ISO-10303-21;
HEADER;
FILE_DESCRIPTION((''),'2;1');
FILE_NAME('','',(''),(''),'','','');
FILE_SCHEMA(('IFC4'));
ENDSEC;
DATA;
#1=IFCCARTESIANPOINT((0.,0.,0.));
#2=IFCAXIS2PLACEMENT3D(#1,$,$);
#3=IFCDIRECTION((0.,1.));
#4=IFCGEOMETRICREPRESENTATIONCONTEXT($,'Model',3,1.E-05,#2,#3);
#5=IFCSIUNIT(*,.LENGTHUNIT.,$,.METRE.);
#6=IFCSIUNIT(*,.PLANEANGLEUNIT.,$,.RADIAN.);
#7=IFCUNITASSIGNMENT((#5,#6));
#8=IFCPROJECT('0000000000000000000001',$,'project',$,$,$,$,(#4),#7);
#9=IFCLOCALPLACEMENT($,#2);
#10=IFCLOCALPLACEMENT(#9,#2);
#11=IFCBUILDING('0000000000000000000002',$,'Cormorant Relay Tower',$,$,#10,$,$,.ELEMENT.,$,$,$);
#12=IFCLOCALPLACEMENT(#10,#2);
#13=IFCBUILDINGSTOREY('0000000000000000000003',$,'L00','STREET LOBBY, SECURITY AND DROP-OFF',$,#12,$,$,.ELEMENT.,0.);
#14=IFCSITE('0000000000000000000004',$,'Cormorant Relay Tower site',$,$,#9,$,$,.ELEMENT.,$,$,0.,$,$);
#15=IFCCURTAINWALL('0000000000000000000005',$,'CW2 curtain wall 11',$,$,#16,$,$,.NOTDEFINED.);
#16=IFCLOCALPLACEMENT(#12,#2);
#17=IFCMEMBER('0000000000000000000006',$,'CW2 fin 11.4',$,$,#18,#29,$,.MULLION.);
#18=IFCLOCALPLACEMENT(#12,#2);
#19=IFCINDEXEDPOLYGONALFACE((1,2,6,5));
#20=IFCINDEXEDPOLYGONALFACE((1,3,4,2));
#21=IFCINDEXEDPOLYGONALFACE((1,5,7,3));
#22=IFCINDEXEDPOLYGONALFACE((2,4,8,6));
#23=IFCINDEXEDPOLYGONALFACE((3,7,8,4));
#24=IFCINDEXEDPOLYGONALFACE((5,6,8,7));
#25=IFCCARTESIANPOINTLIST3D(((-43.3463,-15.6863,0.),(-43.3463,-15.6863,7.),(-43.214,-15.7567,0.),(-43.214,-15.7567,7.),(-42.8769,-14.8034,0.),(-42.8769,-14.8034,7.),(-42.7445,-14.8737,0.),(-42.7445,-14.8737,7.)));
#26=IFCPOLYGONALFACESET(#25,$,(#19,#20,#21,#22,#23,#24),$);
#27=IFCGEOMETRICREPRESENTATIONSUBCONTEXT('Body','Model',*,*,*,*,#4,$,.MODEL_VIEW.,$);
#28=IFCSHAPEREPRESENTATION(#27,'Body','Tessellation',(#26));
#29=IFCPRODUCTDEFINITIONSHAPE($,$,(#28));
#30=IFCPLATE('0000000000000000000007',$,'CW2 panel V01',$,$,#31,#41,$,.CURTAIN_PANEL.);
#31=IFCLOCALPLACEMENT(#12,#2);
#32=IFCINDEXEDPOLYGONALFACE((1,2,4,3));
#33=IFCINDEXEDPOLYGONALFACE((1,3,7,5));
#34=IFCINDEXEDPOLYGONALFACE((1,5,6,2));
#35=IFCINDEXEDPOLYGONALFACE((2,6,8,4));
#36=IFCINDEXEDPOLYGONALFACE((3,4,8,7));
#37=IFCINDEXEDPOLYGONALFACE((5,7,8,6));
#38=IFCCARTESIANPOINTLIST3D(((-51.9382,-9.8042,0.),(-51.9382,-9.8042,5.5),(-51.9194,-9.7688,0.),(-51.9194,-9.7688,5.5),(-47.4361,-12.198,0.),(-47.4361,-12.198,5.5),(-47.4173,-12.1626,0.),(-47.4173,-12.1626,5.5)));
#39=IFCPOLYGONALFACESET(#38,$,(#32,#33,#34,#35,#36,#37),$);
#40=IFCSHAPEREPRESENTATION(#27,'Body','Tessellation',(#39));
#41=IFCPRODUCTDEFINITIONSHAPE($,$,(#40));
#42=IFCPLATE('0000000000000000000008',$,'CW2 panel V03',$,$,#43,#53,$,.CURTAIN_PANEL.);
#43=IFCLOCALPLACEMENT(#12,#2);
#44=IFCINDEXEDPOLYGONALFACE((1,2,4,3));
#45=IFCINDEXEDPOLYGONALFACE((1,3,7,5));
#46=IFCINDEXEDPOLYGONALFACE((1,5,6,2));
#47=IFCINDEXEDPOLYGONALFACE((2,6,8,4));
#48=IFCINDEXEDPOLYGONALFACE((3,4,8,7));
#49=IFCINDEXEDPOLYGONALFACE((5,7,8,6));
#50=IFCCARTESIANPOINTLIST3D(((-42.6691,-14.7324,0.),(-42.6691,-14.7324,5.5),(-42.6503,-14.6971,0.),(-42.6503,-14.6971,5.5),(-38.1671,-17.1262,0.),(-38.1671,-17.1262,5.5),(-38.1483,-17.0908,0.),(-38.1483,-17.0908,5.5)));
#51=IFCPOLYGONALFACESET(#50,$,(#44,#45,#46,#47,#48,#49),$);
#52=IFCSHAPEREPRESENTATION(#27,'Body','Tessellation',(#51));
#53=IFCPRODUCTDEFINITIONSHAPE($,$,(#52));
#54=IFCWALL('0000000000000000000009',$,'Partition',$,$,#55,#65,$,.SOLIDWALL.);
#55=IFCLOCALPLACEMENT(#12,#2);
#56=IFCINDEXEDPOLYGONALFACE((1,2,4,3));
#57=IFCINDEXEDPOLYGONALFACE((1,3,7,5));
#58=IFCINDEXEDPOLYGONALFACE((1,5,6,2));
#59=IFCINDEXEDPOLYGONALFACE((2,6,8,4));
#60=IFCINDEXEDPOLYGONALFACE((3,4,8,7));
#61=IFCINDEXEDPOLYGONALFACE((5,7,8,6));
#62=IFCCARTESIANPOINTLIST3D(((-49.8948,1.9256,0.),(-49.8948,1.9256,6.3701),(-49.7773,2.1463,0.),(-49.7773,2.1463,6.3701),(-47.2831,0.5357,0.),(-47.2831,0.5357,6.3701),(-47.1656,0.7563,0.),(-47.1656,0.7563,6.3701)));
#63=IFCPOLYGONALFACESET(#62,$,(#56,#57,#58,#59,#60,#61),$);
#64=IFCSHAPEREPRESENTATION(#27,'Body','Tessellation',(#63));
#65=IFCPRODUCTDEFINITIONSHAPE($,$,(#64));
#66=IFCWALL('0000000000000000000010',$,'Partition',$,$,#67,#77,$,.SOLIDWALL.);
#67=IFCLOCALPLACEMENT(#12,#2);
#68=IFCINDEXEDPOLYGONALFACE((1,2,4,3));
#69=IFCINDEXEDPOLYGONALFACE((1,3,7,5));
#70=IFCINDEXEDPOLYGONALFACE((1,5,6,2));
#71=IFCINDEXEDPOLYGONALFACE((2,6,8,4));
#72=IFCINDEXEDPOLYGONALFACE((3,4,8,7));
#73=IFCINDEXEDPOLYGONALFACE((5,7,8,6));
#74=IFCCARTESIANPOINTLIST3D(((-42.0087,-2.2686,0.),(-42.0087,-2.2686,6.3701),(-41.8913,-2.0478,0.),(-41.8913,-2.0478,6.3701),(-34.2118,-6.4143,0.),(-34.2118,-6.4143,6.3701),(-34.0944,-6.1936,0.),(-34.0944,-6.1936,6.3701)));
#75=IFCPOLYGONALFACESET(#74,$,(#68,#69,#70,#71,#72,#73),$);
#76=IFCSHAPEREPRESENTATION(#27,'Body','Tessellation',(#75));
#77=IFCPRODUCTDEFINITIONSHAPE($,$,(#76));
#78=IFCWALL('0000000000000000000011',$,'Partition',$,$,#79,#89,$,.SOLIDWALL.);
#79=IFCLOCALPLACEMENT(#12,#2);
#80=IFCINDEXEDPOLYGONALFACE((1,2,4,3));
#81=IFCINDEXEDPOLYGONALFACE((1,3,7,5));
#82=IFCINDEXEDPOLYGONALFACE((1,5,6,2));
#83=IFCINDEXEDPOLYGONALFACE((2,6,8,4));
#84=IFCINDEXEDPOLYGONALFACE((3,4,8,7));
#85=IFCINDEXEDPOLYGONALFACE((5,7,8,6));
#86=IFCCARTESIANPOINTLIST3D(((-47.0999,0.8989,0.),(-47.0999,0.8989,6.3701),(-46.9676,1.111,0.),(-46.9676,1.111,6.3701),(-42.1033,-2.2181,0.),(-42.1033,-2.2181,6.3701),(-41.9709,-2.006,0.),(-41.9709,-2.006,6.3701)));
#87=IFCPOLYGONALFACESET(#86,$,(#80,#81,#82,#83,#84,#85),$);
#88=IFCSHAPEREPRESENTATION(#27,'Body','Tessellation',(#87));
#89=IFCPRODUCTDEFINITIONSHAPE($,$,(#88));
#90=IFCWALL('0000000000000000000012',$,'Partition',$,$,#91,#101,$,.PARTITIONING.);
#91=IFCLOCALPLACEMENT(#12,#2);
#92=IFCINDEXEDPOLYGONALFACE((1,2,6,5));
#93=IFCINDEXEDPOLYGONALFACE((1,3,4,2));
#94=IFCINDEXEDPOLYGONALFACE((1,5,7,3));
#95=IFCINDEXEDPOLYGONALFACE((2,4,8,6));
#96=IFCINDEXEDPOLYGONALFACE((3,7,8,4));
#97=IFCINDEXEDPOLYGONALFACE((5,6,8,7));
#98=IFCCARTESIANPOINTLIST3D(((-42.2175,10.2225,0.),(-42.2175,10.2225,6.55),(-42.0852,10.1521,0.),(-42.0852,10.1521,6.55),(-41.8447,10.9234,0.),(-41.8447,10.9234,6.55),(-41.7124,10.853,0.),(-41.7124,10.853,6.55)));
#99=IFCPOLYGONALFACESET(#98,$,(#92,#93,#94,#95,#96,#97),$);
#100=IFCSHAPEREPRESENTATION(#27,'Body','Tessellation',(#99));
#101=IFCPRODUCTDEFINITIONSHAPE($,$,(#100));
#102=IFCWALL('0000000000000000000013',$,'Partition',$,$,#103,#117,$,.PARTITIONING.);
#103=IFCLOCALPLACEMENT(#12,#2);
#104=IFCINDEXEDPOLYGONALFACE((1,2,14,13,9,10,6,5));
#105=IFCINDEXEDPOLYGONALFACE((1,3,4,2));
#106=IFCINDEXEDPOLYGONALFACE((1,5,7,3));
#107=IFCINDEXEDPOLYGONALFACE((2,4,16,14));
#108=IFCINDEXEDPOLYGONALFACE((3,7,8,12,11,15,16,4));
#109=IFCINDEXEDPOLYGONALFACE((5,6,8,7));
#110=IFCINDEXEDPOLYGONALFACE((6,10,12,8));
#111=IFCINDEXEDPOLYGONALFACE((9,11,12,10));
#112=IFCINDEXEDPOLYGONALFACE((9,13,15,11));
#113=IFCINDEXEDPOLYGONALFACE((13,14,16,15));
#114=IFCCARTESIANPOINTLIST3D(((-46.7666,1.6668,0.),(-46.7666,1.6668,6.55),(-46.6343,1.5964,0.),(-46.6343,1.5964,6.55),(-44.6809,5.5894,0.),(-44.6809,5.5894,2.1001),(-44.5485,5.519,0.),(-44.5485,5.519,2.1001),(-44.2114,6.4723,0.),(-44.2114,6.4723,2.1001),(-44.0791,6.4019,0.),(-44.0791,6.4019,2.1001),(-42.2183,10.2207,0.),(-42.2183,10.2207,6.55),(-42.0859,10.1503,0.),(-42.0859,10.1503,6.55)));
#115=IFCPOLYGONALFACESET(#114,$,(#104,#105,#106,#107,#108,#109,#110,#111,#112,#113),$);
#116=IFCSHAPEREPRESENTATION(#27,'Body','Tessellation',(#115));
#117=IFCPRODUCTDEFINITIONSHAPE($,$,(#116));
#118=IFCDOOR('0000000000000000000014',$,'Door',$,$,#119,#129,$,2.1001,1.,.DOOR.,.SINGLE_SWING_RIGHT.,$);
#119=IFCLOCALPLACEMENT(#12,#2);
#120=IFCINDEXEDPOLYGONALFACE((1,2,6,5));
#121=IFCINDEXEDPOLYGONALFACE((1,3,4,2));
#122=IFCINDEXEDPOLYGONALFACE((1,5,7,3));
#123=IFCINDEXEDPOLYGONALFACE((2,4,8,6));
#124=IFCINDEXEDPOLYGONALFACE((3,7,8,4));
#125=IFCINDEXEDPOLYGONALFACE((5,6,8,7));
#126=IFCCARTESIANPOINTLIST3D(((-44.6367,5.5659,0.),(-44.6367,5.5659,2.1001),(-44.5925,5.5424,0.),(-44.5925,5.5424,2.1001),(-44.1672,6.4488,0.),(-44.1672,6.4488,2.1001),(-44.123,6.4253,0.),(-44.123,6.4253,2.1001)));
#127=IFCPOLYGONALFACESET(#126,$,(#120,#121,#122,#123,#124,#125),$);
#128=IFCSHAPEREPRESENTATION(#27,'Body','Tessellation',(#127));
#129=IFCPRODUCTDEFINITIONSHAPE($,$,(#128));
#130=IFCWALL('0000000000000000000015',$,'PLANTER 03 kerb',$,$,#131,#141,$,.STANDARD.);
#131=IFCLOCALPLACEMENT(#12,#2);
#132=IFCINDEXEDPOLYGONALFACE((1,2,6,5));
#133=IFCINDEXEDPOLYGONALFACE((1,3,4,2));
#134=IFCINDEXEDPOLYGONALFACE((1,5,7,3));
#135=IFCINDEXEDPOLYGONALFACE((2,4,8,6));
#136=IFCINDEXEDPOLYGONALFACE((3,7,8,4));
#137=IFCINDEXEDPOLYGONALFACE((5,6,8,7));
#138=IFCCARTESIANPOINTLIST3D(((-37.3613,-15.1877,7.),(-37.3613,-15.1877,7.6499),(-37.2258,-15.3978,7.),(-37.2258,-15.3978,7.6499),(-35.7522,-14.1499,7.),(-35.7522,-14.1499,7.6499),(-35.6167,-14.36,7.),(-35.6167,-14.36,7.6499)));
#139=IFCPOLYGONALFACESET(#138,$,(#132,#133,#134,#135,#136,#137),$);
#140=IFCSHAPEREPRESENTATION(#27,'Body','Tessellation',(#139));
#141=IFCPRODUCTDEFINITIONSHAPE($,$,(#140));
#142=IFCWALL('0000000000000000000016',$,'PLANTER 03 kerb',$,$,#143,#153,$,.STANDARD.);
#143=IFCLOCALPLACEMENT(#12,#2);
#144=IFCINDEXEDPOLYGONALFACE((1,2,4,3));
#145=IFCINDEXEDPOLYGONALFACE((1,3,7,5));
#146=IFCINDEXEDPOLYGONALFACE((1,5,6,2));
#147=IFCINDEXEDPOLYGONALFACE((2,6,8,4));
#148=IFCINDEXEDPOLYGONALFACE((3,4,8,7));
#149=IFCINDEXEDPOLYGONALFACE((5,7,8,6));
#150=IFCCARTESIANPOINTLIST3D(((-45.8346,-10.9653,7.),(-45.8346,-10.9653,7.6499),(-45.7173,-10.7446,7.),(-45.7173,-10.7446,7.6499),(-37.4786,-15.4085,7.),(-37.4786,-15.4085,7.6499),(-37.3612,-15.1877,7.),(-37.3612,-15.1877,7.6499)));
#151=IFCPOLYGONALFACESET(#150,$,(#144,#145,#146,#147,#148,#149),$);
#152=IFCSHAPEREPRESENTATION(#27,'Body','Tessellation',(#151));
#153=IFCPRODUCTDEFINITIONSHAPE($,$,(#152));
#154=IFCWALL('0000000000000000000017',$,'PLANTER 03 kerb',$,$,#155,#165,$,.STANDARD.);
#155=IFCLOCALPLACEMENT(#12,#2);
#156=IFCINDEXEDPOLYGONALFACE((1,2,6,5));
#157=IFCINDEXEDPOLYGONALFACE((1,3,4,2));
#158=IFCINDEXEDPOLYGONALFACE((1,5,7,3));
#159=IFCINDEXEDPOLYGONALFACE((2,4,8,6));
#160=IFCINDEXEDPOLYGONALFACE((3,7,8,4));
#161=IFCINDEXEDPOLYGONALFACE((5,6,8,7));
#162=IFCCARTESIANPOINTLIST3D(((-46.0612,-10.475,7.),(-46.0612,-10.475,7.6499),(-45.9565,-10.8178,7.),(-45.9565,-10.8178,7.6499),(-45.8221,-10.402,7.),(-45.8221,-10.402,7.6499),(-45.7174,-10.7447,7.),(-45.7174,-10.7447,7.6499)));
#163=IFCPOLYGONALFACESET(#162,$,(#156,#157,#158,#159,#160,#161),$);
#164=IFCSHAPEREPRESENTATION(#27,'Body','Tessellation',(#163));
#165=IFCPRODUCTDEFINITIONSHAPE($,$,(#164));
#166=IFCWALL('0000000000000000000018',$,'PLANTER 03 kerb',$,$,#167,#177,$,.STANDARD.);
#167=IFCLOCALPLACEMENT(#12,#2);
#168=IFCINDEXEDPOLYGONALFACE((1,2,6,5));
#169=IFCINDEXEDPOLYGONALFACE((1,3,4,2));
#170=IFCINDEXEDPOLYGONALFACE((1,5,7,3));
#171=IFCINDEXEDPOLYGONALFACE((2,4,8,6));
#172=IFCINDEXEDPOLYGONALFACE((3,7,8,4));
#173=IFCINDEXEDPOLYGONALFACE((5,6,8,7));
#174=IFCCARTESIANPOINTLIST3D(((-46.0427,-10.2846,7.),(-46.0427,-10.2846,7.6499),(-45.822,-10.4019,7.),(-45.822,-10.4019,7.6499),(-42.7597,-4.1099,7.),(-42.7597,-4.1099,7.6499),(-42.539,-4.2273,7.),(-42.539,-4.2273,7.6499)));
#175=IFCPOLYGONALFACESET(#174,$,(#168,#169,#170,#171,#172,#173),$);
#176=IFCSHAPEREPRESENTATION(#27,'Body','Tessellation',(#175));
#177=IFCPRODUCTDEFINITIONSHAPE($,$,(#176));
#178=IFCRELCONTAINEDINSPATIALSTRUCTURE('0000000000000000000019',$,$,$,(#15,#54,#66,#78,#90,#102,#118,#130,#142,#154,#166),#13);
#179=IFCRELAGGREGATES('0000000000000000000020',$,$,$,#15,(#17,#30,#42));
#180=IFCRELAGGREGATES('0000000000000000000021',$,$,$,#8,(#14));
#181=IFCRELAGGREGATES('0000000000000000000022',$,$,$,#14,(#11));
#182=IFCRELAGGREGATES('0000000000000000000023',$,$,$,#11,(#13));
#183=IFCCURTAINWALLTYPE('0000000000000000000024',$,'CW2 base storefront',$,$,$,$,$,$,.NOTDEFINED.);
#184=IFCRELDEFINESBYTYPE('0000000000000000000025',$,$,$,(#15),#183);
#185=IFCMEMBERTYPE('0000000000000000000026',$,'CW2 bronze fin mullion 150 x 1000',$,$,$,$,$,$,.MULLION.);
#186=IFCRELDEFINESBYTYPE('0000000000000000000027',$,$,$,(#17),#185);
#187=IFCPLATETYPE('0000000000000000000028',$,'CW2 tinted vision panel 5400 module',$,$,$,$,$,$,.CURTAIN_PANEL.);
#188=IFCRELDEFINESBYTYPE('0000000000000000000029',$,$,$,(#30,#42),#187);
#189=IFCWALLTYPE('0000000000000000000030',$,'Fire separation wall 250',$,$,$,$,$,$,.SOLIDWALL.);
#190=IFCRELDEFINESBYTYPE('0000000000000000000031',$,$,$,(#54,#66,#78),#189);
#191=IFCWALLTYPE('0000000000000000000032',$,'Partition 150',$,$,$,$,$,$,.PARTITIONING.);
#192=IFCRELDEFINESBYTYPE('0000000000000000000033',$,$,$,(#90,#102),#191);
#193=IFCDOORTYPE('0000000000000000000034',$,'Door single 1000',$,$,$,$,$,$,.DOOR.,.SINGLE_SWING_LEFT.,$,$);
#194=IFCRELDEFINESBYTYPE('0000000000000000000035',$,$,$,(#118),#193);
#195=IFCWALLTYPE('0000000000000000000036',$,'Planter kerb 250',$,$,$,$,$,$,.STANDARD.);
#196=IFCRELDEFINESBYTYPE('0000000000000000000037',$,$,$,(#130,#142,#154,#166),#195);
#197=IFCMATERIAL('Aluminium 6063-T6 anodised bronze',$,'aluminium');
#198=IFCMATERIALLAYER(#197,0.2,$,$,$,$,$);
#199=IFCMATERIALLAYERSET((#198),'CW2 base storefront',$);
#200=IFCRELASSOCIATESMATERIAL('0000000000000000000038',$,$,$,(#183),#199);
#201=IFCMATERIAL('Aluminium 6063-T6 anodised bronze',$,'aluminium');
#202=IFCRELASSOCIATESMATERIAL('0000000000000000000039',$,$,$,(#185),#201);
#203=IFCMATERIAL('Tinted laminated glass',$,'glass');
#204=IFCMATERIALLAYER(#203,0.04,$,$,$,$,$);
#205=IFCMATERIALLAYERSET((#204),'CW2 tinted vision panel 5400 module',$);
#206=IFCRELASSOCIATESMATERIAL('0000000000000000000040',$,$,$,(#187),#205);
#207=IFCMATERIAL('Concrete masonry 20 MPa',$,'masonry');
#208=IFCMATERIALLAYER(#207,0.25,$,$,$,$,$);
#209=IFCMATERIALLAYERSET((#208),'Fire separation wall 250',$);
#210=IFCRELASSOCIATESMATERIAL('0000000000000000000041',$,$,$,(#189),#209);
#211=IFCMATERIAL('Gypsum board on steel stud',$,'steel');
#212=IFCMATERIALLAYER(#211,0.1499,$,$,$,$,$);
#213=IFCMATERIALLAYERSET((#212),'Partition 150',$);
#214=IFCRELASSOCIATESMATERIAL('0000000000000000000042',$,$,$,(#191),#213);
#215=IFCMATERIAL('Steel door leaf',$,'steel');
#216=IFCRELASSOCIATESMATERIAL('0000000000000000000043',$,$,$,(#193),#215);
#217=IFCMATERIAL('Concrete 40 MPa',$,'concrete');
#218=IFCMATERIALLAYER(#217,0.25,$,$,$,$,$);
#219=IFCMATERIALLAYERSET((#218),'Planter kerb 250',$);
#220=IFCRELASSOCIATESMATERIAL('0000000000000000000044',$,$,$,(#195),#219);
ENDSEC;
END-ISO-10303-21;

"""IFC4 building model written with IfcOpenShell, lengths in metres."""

from ifc_helpers import new_model, si_unit, direction, frame, frame_2d, origin, origin_2d, place, context, subcontext, project, spatial, rectangle, extrude, material, layer, layer_set, material_profile, profile_set, type_object, element, fill, aggregate, save


model = new_model("IFC4")

# Units and contexts
model_context = context("Model", 3, precision=1e-05, world=origin(), true_north=direction((0.0, 1.0)))
body_context = subcontext(model_context, "Body", "Model", "MODEL_VIEW")
ifc_project = project(units=[si_unit("LENGTHUNIT", "METRE"), si_unit("PLANEANGLEUNIT", "RADIAN")], contexts=[model_context])

# Site, building, storey
site_placement = place(None, origin())
site = spatial("IfcSite", under=ifc_project, at=site_placement, Name="Cormorant Relay Tower site", CompositionType="ELEMENT", RefElevation=0.0)
building_placement = place(site_placement, origin())
building = spatial("IfcBuilding", under=site, at=building_placement, Name="Cormorant Relay Tower", CompositionType="ELEMENT")
storey_placement = place(building_placement, origin())
storey = spatial("IfcBuildingStorey", under=building, at=storey_placement, Name="L00", Description="STREET LOBBY, SECURITY AND DROP-OFF", CompositionType="ELEMENT", Elevation=0.0)

# Curtain wall, member, plates
ifc_material_1 = material(Name="Aluminium 6063-T6 anodised bronze", Category="aluminium")
ifc_layer_1 = layer(ifc_material_1, 0.2)
ifc_layer_set_1 = layer_set([ifc_layer_1], Name="CW2 base storefront")
curtain_wall_type = type_object("IfcCurtainWallType", Name="CW2 base storefront", PredefinedType="NOTDEFINED", material=ifc_layer_set_1)
curtain_wall_placement = place(storey_placement, origin())
curtain_wall = element("IfcCurtainWall", 1, at=curtain_wall_placement, inside=storey, type_object=curtain_wall_type, Name="CW2 curtain wall 11", PredefinedType="NOTDEFINED")
ifc_material_2 = material(Name="Aluminium 6063-T6 anodised bronze", Category="aluminium")
ifc_material_profile_1 = material_profile(ifc_material_2, rectangle(XDim=0.1499, YDim=1.0, at=origin_2d()), Name="AL 150x1000")
ifc_profile_set_1 = profile_set([ifc_material_profile_1], Name="Aluminium 6063-T6 anodised bronze")
member_type = type_object("IfcMemberType", Name="CW2 bronze fin mullion 150 x 1000", PredefinedType="MULLION", material=ifc_profile_set_1)
member_1_placement = place(storey_placement, frame((-43.0454, -15.28, 0.0), z_axis=(0.0, 0.0, 1.0), x_axis=(0.882948, -0.469472, 0.0)))
member_1 = element("IfcMember", 2, at=member_1_placement, type_object=member_type, Name="CW2 fin 11.4", PredefinedType="MULLION", context=body_context, shape_type="SweptSolid", body=[
    extrude(rectangle(XDim=0.1499, YDim=1.0, at=origin_2d()), origin(), (0.0, 0.0, 1.0), 7.0),
])
ifc_material_3 = material(Name="Tinted laminated glass", Category="glass")
ifc_layer_2 = layer(ifc_material_3, 0.04)
ifc_layer_set_2 = layer_set([ifc_layer_2], Name="CW2 tinted vision panel 5400 module")
plate_type = type_object("IfcPlateType", Name="CW2 tinted vision panel 5400 module", PredefinedType="CURTAIN_PANEL", material=ifc_layer_set_2)
plate_1_placement = place(storey_placement, frame((-49.6777, -10.9834, 0.0), z_axis=(0.0, 0.0, 1.0), x_axis=(0.882948, -0.469472, 0.0)))
plate_1 = element("IfcPlate", 3, at=plate_1_placement, type_object=plate_type, Name="CW2 panel V01", PredefinedType="CURTAIN_PANEL", context=body_context, shape_type="SweptSolid", body=[
    extrude(rectangle(XDim=5.0989, YDim=0.04, at=origin_2d()), origin(), (0.0, 0.0, 1.0), 5.5),
])
plate_2_placement = place(storey_placement, frame((-40.4087, -15.9116, 0.0), z_axis=(0.0, 0.0, 1.0), x_axis=(0.882948, -0.469472, 0.0)))
plate_2 = element("IfcPlate", 4, at=plate_2_placement, type_object=plate_type, Name="CW2 panel V03", PredefinedType="CURTAIN_PANEL", context=body_context, shape_type="SweptSolid", body=[
    extrude(rectangle(XDim=5.0989, YDim=0.04, at=origin_2d()), origin(), (0.0, 0.0, 1.0), 5.5),
])
aggregate(curtain_wall, [member_1, plate_1, plate_2])

# Walls
ifc_material_4 = material(Name="Concrete masonry 20 MPa", Category="masonry")
ifc_layer_3 = layer(ifc_material_4, 0.25)
ifc_layer_set_3 = layer_set([ifc_layer_3], Name="Fire separation wall 250")
wall_type_1 = type_object("IfcWallType", Name="Fire separation wall 250", PredefinedType="SOLIDWALL", material=ifc_layer_set_3)
wall_1_placement = place(storey_placement, frame((-47.2244, 0.646, 0.0), z_axis=(0.0, 0.0, 1.0), x_axis=(-0.882766, 0.469813, 0.0)))
element("IfcWall", 5, at=wall_1_placement, inside=storey, type_object=wall_type_1, Name="Partition", PredefinedType="SOLIDWALL", context=body_context, shape_type="SweptSolid", body=[
    extrude(rectangle(XDim=2.9585, YDim=0.25, at=frame_2d((1.4792, 0.0))), origin(), (0.0, 0.0, 1.0), 6.3701),
])
wall_2_placement = place(storey_placement, frame((-34.1531, -6.304, 0.0), z_axis=(0.0, 0.0, 1.0), x_axis=(-0.882944, 0.469479, 0.0)))
element("IfcWall", 6, at=wall_2_placement, inside=storey, type_object=wall_type_1, Name="Partition", PredefinedType="SOLIDWALL", context=body_context, shape_type="SweptSolid", body=[
    extrude(rectangle(XDim=8.8306, YDim=0.25, at=frame_2d((4.4153, 0.0))), origin(), (0.0, 0.0, 1.0), 6.3701),
])
wall_3_placement = place(storey_placement, frame((-42.0371, -2.1121, 0.0), z_axis=(0.0, 0.0, 1.0), x_axis=(-0.84845, 0.529276, 0.0)))
element("IfcWall", 7, at=wall_3_placement, inside=storey, type_object=wall_type_1, Name="Partition", PredefinedType="SOLIDWALL", context=body_context, shape_type="SweptSolid", body=[
    extrude(rectangle(XDim=5.8892, YDim=0.25, at=frame_2d((2.9446, 0.0))), origin(), (0.0, 0.0, 1.0), 6.3701),
])
ifc_material_5 = material(Name="Gypsum board on steel stud", Category="steel")
ifc_layer_4 = layer(ifc_material_5, 0.1499)
ifc_layer_set_4 = layer_set([ifc_layer_4], Name="Partition 150")
wall_type_2 = type_object("IfcWallType", Name="Partition 150", PredefinedType="PARTITIONING", material=ifc_layer_set_4)
wall_4_placement = place(storey_placement, frame((-42.1514, 10.1873, 0.0), z_axis=(0.0, 0.0, 1.0), x_axis=(0.469582, 0.882889, 0.0)))
element("IfcWall", 8, at=wall_4_placement, inside=storey, type_object=wall_type_2, Name="Partition", PredefinedType="PARTITIONING", context=body_context, shape_type="SweptSolid", body=[
    extrude(rectangle(XDim=0.7939, YDim=0.1499, at=frame_2d((0.397, 0.0))), origin(), (0.0, 0.0, 1.0), 6.55),
])

# Wall, opening, door
wall_5_placement = place(storey_placement, frame((-46.7004, 1.6316, 0.0), z_axis=(0.0, 0.0, 1.0), x_axis=(0.469481, 0.882942, 0.0)))
wall_5 = element("IfcWall", 9, at=wall_5_placement, inside=storey, type_object=wall_type_2, Name="Partition", PredefinedType="PARTITIONING", context=body_context, shape_type="SweptSolid", body=[
    extrude(rectangle(XDim=9.688, YDim=0.1499, at=frame_2d((4.844, 0.0))), origin(), (0.0, 0.0, 1.0), 6.55),
])
opening_1_placement = place(wall_5_placement, frame((4.4426, 0.0, 0.0)))
opening_1 = element("IfcOpeningElement", 10, at=opening_1_placement, cuts=wall_5, PredefinedType="OPENING", context=body_context, shape_type="SweptSolid", body=[
    extrude(rectangle(XDim=1.0, YDim=2.1001, at=frame_2d((0.5, 1.05))), frame((0.0, 0.085, 0.0), z_axis=(0.0, -1.0, 0.0), x_axis=(1.0, 0.0, 0.0)), (0.0, 0.0, 1.0), 0.1699),
])
ifc_material_6 = material(Name="Steel door leaf", Category="steel")
door_type_1 = type_object("IfcDoorType", Name="Door single 1000", OperationType="SINGLE_SWING_LEFT", PredefinedType="DOOR", material=ifc_material_6)
door_1_placement = place(opening_1_placement, origin())
door_1 = element("IfcDoor", 11, at=door_1_placement, inside=storey, type_object=door_type_1, Name="Door", OperationType="SINGLE_SWING_RIGHT", OverallHeight=2.1001, OverallWidth=1.0, PredefinedType="DOOR", context=body_context, shape_type="SweptSolid", body=[
    extrude(rectangle(XDim=1.0, YDim=2.1001, at=frame_2d((0.5, 1.05))), frame((0.0, 0.0249, 0.0), z_axis=(0.0, -1.0, 0.0), x_axis=(1.0, 0.0, 0.0)), (0.0, 0.0, 1.0), 0.05),
])
fill(opening_1, door_1)

# Walls
ifc_material_7 = material(Name="Concrete 40 MPa", Category="concrete")
ifc_layer_5 = layer(ifc_material_7, 0.25)
ifc_layer_set_5 = layer_set([ifc_layer_5], Name="Planter kerb 250")
wall_type_3 = type_object("IfcWallType", Name="Planter kerb 250", PredefinedType="STANDARD", material=ifc_layer_set_5)
wall_6_placement = place(storey_placement, frame((-35.6843, -14.2549, 7.0), z_axis=(0.0, 0.0, 1.0), x_axis=(-0.84037, -0.542014, 0.0)))
element("IfcWall", 12, at=wall_6_placement, inside=storey, type_object=wall_type_3, Name="PLANTER 03 kerb", PredefinedType="STANDARD", context=body_context, shape_type="SweptSolid", body=[
    extrude(rectangle(XDim=1.9148, YDim=0.25, at=frame_2d((0.9575, 0.0))), origin(), (0.0, 0.0, 1.0), 0.6499),
])
wall_7_placement = place(storey_placement, frame((-37.4199, -15.2981, 7.0), z_axis=(0.0, 0.0, 1.0), x_axis=(-0.88294, 0.469486, 0.0)))
element("IfcWall", 13, at=wall_7_placement, inside=storey, type_object=wall_type_3, Name="PLANTER 03 kerb", PredefinedType="STANDARD", context=body_context, shape_type="SweptSolid", body=[
    extrude(rectangle(XDim=9.4639, YDim=0.25, at=frame_2d((4.7319, 0.0))), origin(), (0.0, 0.0, 1.0), 0.6499),
])
wall_8_placement = place(storey_placement, frame((-45.8369, -10.7812, 7.0), z_axis=(0.0, 0.0, 1.0), x_axis=(-0.292219, 0.956352, 0.0)))
element("IfcWall", 14, at=wall_8_placement, inside=storey, type_object=wall_type_3, Name="PLANTER 03 kerb", PredefinedType="STANDARD", context=body_context, shape_type="SweptSolid", body=[
    extrude(rectangle(XDim=0.3584, YDim=0.25, at=frame_2d((0.1792, 0.0))), origin(), (0.0, 0.0, 1.0), 0.6499),
])
wall_9_placement = place(storey_placement, frame((-45.9324, -10.3433, 7.0), z_axis=(0.0, 0.0, 1.0), x_axis=(0.469459, 0.882954, 0.0)))
element("IfcWall", 15, at=wall_9_placement, inside=storey, type_object=wall_type_3, Name="PLANTER 03 kerb", PredefinedType="STANDARD", context=body_context, shape_type="SweptSolid", body=[
    extrude(rectangle(XDim=6.9932, YDim=0.25, at=frame_2d((3.4966, 0.0))), origin(), (0.0, 0.0, 1.0), 0.6499),
])

save(model, "model.ifc")
